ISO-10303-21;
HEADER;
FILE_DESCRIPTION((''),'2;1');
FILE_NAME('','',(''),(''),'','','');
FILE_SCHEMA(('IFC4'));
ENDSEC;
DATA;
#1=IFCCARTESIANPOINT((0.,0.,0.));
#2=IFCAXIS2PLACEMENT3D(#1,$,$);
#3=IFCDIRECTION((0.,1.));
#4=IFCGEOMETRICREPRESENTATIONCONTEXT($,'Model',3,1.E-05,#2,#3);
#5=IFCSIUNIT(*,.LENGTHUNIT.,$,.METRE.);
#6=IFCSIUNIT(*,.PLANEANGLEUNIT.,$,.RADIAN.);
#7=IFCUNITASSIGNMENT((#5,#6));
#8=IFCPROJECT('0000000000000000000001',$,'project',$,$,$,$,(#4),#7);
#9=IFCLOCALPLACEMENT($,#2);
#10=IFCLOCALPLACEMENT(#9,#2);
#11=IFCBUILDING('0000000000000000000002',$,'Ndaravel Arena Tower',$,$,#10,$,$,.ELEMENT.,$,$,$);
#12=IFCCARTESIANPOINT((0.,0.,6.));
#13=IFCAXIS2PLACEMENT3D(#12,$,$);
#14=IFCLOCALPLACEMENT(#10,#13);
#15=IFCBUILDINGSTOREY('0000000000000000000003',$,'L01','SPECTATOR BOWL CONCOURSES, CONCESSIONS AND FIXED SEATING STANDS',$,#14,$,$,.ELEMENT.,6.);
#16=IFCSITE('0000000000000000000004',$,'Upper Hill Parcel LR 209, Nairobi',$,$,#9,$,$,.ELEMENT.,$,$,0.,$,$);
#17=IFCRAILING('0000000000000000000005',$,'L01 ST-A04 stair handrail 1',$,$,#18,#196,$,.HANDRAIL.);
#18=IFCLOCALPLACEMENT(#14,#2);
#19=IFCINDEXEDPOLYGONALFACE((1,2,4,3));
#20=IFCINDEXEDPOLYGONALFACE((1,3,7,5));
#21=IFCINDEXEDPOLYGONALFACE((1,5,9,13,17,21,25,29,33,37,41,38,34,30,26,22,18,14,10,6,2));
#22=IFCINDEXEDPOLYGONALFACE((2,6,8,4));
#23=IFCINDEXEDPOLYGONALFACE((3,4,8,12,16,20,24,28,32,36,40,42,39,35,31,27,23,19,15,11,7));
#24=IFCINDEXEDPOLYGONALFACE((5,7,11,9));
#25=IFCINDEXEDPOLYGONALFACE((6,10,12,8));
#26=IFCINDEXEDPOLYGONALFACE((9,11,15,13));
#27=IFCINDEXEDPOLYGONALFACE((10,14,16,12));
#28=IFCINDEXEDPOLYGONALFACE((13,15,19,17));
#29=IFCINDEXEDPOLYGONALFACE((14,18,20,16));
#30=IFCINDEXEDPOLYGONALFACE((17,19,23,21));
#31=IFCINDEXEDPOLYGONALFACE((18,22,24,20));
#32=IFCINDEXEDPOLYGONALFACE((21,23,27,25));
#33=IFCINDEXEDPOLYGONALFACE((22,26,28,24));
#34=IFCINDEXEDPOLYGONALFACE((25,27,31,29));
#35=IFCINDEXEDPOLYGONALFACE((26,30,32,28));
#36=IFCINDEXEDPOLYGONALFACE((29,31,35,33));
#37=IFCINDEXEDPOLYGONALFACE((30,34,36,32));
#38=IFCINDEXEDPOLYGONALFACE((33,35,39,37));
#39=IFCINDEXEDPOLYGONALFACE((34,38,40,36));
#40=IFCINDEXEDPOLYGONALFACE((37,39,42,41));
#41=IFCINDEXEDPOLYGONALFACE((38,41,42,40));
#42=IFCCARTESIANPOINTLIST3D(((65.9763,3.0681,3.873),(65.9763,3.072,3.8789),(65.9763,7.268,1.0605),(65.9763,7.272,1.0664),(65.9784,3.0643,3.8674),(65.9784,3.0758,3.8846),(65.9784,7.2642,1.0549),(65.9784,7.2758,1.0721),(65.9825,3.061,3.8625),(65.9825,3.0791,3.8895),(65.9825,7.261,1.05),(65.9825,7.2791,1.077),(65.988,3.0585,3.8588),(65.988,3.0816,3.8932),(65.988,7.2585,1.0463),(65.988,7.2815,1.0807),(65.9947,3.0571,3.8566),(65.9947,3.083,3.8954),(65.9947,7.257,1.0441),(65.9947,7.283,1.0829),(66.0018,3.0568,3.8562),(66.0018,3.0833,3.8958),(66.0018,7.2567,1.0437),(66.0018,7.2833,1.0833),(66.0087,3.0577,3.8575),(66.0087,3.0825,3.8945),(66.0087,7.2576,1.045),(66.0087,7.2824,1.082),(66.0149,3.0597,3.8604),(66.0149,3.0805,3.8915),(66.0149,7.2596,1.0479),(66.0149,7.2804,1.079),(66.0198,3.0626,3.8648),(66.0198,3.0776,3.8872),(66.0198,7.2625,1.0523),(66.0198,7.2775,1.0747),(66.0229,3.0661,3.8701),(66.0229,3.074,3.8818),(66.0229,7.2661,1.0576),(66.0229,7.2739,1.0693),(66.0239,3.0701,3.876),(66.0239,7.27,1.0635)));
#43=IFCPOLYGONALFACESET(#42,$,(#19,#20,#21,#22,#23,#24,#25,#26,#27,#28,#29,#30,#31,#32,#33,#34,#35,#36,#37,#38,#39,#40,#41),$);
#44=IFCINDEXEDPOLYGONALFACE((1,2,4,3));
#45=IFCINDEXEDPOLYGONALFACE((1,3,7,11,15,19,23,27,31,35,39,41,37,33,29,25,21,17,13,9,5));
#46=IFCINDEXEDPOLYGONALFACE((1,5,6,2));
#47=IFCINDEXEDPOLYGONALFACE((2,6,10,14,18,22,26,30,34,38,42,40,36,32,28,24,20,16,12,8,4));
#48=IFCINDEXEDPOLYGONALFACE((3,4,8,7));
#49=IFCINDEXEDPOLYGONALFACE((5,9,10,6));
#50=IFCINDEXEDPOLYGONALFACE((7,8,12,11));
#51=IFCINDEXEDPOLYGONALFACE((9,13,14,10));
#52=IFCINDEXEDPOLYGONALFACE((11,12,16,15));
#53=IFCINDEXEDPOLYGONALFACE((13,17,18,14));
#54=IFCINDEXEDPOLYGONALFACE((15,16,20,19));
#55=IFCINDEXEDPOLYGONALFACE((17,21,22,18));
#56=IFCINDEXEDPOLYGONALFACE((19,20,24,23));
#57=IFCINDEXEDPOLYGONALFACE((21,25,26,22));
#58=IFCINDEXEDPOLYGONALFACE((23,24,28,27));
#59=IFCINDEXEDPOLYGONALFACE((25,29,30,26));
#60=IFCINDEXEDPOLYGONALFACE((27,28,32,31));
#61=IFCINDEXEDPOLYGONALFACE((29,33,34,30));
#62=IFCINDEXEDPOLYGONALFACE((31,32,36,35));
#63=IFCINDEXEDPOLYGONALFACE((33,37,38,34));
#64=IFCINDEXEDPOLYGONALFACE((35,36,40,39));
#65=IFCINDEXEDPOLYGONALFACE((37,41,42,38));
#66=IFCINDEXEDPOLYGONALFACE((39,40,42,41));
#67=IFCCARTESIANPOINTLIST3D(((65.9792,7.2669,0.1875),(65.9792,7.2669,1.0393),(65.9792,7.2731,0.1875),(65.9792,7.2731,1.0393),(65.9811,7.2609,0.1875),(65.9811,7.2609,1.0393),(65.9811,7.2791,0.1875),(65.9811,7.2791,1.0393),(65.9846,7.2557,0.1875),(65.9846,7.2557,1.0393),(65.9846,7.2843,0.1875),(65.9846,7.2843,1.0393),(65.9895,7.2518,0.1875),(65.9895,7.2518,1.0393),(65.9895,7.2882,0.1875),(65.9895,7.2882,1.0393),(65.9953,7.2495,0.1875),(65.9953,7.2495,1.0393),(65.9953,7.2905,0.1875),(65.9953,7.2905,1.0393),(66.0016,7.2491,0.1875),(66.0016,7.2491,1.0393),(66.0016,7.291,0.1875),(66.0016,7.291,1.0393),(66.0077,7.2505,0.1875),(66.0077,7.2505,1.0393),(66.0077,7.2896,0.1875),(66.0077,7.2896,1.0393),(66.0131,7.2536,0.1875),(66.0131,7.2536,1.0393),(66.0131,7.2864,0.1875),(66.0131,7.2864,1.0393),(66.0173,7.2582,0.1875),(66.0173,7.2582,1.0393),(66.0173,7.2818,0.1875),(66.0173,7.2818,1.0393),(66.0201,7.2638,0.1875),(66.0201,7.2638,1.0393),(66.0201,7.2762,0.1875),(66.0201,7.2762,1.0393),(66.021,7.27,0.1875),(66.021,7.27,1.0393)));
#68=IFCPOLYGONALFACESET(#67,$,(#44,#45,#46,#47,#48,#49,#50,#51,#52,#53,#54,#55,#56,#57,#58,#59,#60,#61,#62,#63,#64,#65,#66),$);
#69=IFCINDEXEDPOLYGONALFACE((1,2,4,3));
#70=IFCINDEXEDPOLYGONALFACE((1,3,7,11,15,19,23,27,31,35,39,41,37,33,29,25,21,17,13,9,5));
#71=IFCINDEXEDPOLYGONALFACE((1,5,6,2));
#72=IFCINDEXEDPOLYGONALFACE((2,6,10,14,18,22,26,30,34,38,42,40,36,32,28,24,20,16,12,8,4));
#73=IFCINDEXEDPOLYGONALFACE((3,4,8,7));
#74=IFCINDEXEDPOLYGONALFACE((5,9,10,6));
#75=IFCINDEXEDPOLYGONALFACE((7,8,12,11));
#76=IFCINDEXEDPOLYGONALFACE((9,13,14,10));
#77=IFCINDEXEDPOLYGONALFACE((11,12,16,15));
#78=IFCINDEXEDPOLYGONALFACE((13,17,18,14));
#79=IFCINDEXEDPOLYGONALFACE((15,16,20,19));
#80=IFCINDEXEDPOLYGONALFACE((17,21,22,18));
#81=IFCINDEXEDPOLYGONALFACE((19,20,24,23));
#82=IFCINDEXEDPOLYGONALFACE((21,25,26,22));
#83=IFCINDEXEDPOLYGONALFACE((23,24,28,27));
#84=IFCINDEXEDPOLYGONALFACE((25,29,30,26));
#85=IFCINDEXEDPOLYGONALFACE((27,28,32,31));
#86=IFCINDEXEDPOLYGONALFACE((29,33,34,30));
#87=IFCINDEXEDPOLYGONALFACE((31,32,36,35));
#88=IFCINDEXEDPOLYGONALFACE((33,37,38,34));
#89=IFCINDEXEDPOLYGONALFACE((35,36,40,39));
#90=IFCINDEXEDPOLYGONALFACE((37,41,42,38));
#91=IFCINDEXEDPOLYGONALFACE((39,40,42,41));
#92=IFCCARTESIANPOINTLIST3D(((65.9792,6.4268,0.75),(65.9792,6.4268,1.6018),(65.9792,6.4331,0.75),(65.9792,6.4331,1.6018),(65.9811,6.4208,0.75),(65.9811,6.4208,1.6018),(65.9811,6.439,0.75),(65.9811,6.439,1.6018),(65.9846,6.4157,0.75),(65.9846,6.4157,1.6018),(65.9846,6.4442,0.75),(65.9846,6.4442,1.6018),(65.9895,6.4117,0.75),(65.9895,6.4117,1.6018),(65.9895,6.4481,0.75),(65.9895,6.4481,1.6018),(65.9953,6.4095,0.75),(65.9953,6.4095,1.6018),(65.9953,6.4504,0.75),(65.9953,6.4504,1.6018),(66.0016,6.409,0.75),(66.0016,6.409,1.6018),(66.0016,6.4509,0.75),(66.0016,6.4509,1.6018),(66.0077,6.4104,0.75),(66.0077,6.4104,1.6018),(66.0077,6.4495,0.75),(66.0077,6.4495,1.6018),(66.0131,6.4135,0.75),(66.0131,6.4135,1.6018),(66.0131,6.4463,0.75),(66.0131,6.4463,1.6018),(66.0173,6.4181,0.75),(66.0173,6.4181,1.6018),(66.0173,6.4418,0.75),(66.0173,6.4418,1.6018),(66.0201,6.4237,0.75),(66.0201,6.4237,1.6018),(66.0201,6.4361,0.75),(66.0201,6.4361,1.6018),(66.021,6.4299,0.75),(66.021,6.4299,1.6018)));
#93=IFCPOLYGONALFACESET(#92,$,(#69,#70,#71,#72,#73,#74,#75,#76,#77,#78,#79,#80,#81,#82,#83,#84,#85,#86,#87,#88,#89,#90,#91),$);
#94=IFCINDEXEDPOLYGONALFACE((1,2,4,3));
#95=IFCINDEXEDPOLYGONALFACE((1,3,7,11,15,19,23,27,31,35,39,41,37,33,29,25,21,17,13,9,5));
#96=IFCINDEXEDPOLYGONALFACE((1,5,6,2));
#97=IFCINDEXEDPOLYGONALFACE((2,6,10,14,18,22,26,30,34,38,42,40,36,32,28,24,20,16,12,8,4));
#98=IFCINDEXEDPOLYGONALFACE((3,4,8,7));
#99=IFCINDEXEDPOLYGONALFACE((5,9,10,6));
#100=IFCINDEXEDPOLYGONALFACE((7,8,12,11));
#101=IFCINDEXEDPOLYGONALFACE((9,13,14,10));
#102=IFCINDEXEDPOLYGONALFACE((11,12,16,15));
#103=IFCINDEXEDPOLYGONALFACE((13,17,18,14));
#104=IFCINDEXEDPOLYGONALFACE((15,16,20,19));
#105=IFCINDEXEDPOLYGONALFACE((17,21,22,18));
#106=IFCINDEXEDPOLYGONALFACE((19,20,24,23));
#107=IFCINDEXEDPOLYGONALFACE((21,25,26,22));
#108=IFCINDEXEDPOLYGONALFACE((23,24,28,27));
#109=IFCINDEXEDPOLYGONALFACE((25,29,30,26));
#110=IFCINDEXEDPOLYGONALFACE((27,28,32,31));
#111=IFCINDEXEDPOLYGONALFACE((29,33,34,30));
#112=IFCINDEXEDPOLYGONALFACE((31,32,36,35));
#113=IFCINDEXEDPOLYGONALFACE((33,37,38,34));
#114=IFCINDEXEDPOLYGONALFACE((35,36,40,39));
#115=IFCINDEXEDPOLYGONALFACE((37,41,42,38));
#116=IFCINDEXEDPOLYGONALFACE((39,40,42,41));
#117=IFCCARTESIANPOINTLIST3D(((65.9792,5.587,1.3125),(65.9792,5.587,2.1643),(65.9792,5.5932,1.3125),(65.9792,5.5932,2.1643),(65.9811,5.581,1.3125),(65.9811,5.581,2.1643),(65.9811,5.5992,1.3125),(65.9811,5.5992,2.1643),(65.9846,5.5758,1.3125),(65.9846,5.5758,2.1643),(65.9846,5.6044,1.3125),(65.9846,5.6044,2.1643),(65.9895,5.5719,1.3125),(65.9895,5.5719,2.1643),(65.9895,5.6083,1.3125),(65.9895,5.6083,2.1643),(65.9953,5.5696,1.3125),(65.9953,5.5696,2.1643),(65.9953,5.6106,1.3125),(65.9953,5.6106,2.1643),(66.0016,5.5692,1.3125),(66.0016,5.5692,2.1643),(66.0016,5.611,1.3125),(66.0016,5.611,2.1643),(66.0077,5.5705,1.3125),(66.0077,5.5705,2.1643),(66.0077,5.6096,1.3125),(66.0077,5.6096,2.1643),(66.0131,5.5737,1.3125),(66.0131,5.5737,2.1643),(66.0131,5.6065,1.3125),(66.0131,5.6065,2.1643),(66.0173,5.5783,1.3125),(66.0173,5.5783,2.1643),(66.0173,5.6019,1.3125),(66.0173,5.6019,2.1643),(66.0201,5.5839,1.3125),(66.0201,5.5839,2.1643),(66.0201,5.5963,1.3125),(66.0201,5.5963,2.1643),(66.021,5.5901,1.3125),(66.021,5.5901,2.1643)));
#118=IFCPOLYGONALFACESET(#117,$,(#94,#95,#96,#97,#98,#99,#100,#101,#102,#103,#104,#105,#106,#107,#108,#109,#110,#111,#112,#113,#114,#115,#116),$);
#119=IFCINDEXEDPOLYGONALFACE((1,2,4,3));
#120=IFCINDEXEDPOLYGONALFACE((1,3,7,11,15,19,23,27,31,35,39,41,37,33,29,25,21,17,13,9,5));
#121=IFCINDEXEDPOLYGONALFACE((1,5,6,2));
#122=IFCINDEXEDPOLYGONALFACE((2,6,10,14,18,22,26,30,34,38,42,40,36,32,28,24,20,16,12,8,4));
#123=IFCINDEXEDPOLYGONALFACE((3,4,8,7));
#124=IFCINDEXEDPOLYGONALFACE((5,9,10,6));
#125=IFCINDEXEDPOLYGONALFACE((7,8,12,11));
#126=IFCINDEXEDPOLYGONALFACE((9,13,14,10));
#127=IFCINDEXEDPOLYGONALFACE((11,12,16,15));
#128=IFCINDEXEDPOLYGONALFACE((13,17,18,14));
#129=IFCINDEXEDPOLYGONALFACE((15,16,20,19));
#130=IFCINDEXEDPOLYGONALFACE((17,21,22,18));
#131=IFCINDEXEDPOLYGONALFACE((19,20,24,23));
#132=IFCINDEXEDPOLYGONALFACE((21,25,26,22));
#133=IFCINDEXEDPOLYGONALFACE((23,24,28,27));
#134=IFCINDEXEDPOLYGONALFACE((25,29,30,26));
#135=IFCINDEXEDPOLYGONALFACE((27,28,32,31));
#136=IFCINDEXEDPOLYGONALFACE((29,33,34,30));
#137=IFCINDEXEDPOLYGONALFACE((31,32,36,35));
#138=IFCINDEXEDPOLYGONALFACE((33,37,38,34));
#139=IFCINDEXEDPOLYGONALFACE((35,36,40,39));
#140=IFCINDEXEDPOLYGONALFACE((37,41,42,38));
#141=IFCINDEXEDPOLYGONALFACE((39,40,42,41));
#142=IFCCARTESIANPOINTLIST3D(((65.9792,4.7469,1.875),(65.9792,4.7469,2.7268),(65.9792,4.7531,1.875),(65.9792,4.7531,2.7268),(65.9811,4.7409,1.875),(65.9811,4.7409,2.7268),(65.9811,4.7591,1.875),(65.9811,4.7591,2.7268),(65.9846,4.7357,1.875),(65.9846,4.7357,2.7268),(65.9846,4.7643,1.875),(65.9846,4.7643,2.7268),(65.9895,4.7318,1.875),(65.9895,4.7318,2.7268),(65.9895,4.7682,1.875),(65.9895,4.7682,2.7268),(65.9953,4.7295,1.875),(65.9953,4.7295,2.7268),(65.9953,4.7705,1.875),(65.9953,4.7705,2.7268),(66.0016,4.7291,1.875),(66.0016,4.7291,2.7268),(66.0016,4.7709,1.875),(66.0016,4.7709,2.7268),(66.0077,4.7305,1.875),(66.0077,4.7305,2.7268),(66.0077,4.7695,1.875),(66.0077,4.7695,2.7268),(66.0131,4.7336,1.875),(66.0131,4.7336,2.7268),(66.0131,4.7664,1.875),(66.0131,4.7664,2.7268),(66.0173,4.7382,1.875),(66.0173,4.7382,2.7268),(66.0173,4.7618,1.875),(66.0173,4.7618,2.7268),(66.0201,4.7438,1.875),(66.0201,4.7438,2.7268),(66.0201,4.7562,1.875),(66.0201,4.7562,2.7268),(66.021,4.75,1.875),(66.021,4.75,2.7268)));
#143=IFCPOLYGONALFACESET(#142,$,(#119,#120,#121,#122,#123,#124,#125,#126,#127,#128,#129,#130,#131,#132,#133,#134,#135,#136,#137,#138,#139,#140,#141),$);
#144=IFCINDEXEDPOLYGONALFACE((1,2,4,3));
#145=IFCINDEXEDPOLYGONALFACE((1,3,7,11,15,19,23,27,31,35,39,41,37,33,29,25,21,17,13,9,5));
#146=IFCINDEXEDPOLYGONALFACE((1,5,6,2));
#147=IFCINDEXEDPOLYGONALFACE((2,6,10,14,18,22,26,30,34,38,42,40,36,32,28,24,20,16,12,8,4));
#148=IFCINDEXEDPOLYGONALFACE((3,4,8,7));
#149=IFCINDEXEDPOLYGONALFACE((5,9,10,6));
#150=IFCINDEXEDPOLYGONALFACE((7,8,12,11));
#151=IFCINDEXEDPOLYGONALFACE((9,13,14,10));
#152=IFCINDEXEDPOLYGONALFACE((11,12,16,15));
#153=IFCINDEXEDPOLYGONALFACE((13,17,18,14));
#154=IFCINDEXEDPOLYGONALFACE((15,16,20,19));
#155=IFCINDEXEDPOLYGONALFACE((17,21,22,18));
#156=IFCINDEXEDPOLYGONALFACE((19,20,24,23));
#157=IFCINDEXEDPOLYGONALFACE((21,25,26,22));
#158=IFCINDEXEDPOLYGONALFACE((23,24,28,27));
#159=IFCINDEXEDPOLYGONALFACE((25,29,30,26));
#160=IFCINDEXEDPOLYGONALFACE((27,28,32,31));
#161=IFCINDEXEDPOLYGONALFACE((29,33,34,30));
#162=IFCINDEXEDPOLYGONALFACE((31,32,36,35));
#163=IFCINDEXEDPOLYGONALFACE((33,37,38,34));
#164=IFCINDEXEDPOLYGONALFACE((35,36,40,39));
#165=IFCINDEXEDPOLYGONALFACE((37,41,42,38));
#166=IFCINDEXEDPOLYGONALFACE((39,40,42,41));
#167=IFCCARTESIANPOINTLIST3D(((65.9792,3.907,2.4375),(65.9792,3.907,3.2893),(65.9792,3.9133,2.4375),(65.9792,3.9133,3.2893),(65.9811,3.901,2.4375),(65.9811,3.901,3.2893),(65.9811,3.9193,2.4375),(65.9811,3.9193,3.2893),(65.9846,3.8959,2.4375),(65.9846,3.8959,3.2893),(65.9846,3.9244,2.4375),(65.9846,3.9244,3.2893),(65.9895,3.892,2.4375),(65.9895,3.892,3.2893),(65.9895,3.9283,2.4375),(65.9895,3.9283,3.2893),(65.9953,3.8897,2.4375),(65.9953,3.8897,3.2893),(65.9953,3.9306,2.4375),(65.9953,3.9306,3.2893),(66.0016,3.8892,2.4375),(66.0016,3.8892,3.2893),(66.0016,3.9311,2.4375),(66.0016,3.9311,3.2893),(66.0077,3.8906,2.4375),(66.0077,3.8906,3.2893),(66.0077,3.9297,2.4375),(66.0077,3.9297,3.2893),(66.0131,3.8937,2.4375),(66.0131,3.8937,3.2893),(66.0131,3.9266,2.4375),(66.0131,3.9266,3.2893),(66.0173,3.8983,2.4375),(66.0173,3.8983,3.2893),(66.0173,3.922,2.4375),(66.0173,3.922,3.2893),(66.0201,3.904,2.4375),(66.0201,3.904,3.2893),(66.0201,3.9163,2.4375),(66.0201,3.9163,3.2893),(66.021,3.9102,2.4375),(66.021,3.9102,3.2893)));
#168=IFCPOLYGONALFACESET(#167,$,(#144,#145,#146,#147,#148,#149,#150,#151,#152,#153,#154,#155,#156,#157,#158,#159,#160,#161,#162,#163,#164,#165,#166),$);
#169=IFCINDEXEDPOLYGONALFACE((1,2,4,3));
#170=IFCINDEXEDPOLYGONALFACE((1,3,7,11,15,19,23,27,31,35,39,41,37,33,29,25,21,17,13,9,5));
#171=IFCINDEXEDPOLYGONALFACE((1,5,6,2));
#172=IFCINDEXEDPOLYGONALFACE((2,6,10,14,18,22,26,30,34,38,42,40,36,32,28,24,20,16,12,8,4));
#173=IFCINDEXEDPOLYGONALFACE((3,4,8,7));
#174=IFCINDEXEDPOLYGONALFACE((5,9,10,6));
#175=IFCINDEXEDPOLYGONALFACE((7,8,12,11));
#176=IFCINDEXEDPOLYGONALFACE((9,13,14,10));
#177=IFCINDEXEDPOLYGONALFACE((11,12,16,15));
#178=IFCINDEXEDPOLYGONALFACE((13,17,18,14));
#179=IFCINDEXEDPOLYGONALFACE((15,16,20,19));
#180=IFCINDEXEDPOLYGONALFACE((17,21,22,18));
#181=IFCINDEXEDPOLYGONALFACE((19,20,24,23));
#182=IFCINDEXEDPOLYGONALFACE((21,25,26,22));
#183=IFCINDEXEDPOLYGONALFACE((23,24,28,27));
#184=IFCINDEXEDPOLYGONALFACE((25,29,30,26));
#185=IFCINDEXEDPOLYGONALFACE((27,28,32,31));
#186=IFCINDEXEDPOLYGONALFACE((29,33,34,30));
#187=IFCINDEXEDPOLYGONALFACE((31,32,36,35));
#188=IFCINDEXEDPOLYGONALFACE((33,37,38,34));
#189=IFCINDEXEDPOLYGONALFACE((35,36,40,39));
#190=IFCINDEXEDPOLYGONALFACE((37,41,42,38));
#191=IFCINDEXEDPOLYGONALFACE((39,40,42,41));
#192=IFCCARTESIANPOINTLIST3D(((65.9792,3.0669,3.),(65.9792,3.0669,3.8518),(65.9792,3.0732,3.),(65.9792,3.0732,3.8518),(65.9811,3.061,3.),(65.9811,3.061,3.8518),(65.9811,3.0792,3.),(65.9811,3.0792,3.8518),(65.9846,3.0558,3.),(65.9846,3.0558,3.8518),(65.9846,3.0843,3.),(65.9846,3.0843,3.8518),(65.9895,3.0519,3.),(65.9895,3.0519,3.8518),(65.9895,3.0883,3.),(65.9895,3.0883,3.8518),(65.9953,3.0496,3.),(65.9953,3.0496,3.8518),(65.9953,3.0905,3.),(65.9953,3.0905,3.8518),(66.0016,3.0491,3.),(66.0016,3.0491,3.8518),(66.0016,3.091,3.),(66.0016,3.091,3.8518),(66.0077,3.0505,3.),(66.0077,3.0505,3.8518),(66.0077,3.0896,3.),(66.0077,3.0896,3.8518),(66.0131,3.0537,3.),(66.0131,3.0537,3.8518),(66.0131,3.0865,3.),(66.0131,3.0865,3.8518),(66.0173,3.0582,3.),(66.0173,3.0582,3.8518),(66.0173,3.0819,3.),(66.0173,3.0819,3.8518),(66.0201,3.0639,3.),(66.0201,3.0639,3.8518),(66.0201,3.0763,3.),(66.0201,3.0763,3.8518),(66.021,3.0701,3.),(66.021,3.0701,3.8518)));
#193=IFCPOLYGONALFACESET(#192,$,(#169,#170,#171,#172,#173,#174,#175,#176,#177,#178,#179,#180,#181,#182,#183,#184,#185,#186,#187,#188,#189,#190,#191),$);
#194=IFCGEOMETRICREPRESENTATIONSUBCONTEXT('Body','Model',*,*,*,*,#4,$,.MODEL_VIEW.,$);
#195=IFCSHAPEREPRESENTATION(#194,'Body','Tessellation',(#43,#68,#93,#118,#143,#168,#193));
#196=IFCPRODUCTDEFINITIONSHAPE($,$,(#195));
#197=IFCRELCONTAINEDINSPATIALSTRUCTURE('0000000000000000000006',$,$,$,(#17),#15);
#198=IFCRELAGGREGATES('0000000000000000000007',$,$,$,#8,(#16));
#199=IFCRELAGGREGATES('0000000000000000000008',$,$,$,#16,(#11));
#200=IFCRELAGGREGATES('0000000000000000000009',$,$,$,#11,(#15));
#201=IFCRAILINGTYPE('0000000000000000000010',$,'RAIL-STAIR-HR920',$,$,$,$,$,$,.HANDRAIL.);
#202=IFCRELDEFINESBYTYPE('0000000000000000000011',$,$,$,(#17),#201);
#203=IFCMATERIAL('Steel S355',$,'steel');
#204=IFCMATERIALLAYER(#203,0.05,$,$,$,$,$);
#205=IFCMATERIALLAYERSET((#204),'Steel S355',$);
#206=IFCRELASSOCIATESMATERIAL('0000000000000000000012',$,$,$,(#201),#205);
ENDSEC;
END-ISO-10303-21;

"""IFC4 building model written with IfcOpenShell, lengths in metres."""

from ifc_helpers import new_model, si_unit, direction, frame, origin, origin_2d, place, context, subcontext, project, spatial, circle, extrude, material, layer, layer_set, type_object, element, save


model = new_model("IFC4")

# Units and contexts
model_context = context("Model", 3, precision=1e-05, world=origin(), true_north=direction((0.0, 1.0)))
body_context = subcontext(model_context, "Body", "Model", "MODEL_VIEW")
ifc_project = project(units=[si_unit("LENGTHUNIT", "METRE"), si_unit("PLANEANGLEUNIT", "RADIAN")], contexts=[model_context])

# Site, building, storey
site_placement = place(None, origin())
site = spatial("IfcSite", under=ifc_project, at=site_placement, Name="Upper Hill Parcel LR 209, Nairobi", CompositionType="ELEMENT", RefElevation=0.0)
building_placement = place(site_placement, origin())
building = spatial("IfcBuilding", under=site, at=building_placement, Name="Ndaravel Arena Tower", CompositionType="ELEMENT")
storey_placement = place(building_placement, frame((0.0, 0.0, 6.0)))
storey = spatial("IfcBuildingStorey", under=building, at=storey_placement, Name="L01", Description="SPECTATOR BOWL CONCOURSES, CONCESSIONS AND FIXED SEATING STANDS", CompositionType="ELEMENT", Elevation=6.0)

# Railing
ifc_material_1 = material(Name="Steel S355", Category="steel")
ifc_layer_1 = layer(ifc_material_1, 0.05)
ifc_layer_set_1 = layer_set([ifc_layer_1], Name="Steel S355")
railing_type_1 = type_object("IfcRailingType", Name="RAIL-STAIR-HR920", PredefinedType="HANDRAIL", material=ifc_layer_set_1)
railing_1_placement = place(storey_placement, frame((66.0, 7.27, 0.1875)))
element("IfcRailing", 1, at=railing_1_placement, inside=storey, type_object=railing_type_1, Name="L01 ST-A04 stair handrail 1", PredefinedType="HANDRAIL", context=body_context, shape_type="SweptSolid", body=[
    extrude(circle(Radius=0.0239, at=origin_2d()), frame((0.0, 0.0, 0.876), z_axis=(0.0, -0.830904, 0.556416), x_axis=(1.0, 0.0, 0.0)), (0.0, 0.0, 1.0), 5.0547),
    extrude(circle(Radius=0.021, at=origin_2d()), origin(), (0.0, 0.0, 1.0), 0.8518),
    extrude(circle(Radius=0.021, at=origin_2d()), frame((0.0, -0.8401, 0.5625)), (0.0, 0.0, 1.0), 0.8518),
    extrude(circle(Radius=0.021, at=origin_2d()), frame((0.0, -1.6799, 1.125)), (0.0, 0.0, 1.0), 0.8518),
    extrude(circle(Radius=0.021, at=origin_2d()), frame((0.0, -2.52, 1.6875)), (0.0, 0.0, 1.0), 0.8518),
    extrude(circle(Radius=0.021, at=origin_2d()), frame((0.0, -3.3599, 2.25)), (0.0, 0.0, 1.0), 0.8518),
    extrude(circle(Radius=0.021, at=origin_2d()), frame((0.0, -4.2, 2.8125)), (0.0, 0.0, 1.0), 0.8518),
])

save(model, "model.ifc")
